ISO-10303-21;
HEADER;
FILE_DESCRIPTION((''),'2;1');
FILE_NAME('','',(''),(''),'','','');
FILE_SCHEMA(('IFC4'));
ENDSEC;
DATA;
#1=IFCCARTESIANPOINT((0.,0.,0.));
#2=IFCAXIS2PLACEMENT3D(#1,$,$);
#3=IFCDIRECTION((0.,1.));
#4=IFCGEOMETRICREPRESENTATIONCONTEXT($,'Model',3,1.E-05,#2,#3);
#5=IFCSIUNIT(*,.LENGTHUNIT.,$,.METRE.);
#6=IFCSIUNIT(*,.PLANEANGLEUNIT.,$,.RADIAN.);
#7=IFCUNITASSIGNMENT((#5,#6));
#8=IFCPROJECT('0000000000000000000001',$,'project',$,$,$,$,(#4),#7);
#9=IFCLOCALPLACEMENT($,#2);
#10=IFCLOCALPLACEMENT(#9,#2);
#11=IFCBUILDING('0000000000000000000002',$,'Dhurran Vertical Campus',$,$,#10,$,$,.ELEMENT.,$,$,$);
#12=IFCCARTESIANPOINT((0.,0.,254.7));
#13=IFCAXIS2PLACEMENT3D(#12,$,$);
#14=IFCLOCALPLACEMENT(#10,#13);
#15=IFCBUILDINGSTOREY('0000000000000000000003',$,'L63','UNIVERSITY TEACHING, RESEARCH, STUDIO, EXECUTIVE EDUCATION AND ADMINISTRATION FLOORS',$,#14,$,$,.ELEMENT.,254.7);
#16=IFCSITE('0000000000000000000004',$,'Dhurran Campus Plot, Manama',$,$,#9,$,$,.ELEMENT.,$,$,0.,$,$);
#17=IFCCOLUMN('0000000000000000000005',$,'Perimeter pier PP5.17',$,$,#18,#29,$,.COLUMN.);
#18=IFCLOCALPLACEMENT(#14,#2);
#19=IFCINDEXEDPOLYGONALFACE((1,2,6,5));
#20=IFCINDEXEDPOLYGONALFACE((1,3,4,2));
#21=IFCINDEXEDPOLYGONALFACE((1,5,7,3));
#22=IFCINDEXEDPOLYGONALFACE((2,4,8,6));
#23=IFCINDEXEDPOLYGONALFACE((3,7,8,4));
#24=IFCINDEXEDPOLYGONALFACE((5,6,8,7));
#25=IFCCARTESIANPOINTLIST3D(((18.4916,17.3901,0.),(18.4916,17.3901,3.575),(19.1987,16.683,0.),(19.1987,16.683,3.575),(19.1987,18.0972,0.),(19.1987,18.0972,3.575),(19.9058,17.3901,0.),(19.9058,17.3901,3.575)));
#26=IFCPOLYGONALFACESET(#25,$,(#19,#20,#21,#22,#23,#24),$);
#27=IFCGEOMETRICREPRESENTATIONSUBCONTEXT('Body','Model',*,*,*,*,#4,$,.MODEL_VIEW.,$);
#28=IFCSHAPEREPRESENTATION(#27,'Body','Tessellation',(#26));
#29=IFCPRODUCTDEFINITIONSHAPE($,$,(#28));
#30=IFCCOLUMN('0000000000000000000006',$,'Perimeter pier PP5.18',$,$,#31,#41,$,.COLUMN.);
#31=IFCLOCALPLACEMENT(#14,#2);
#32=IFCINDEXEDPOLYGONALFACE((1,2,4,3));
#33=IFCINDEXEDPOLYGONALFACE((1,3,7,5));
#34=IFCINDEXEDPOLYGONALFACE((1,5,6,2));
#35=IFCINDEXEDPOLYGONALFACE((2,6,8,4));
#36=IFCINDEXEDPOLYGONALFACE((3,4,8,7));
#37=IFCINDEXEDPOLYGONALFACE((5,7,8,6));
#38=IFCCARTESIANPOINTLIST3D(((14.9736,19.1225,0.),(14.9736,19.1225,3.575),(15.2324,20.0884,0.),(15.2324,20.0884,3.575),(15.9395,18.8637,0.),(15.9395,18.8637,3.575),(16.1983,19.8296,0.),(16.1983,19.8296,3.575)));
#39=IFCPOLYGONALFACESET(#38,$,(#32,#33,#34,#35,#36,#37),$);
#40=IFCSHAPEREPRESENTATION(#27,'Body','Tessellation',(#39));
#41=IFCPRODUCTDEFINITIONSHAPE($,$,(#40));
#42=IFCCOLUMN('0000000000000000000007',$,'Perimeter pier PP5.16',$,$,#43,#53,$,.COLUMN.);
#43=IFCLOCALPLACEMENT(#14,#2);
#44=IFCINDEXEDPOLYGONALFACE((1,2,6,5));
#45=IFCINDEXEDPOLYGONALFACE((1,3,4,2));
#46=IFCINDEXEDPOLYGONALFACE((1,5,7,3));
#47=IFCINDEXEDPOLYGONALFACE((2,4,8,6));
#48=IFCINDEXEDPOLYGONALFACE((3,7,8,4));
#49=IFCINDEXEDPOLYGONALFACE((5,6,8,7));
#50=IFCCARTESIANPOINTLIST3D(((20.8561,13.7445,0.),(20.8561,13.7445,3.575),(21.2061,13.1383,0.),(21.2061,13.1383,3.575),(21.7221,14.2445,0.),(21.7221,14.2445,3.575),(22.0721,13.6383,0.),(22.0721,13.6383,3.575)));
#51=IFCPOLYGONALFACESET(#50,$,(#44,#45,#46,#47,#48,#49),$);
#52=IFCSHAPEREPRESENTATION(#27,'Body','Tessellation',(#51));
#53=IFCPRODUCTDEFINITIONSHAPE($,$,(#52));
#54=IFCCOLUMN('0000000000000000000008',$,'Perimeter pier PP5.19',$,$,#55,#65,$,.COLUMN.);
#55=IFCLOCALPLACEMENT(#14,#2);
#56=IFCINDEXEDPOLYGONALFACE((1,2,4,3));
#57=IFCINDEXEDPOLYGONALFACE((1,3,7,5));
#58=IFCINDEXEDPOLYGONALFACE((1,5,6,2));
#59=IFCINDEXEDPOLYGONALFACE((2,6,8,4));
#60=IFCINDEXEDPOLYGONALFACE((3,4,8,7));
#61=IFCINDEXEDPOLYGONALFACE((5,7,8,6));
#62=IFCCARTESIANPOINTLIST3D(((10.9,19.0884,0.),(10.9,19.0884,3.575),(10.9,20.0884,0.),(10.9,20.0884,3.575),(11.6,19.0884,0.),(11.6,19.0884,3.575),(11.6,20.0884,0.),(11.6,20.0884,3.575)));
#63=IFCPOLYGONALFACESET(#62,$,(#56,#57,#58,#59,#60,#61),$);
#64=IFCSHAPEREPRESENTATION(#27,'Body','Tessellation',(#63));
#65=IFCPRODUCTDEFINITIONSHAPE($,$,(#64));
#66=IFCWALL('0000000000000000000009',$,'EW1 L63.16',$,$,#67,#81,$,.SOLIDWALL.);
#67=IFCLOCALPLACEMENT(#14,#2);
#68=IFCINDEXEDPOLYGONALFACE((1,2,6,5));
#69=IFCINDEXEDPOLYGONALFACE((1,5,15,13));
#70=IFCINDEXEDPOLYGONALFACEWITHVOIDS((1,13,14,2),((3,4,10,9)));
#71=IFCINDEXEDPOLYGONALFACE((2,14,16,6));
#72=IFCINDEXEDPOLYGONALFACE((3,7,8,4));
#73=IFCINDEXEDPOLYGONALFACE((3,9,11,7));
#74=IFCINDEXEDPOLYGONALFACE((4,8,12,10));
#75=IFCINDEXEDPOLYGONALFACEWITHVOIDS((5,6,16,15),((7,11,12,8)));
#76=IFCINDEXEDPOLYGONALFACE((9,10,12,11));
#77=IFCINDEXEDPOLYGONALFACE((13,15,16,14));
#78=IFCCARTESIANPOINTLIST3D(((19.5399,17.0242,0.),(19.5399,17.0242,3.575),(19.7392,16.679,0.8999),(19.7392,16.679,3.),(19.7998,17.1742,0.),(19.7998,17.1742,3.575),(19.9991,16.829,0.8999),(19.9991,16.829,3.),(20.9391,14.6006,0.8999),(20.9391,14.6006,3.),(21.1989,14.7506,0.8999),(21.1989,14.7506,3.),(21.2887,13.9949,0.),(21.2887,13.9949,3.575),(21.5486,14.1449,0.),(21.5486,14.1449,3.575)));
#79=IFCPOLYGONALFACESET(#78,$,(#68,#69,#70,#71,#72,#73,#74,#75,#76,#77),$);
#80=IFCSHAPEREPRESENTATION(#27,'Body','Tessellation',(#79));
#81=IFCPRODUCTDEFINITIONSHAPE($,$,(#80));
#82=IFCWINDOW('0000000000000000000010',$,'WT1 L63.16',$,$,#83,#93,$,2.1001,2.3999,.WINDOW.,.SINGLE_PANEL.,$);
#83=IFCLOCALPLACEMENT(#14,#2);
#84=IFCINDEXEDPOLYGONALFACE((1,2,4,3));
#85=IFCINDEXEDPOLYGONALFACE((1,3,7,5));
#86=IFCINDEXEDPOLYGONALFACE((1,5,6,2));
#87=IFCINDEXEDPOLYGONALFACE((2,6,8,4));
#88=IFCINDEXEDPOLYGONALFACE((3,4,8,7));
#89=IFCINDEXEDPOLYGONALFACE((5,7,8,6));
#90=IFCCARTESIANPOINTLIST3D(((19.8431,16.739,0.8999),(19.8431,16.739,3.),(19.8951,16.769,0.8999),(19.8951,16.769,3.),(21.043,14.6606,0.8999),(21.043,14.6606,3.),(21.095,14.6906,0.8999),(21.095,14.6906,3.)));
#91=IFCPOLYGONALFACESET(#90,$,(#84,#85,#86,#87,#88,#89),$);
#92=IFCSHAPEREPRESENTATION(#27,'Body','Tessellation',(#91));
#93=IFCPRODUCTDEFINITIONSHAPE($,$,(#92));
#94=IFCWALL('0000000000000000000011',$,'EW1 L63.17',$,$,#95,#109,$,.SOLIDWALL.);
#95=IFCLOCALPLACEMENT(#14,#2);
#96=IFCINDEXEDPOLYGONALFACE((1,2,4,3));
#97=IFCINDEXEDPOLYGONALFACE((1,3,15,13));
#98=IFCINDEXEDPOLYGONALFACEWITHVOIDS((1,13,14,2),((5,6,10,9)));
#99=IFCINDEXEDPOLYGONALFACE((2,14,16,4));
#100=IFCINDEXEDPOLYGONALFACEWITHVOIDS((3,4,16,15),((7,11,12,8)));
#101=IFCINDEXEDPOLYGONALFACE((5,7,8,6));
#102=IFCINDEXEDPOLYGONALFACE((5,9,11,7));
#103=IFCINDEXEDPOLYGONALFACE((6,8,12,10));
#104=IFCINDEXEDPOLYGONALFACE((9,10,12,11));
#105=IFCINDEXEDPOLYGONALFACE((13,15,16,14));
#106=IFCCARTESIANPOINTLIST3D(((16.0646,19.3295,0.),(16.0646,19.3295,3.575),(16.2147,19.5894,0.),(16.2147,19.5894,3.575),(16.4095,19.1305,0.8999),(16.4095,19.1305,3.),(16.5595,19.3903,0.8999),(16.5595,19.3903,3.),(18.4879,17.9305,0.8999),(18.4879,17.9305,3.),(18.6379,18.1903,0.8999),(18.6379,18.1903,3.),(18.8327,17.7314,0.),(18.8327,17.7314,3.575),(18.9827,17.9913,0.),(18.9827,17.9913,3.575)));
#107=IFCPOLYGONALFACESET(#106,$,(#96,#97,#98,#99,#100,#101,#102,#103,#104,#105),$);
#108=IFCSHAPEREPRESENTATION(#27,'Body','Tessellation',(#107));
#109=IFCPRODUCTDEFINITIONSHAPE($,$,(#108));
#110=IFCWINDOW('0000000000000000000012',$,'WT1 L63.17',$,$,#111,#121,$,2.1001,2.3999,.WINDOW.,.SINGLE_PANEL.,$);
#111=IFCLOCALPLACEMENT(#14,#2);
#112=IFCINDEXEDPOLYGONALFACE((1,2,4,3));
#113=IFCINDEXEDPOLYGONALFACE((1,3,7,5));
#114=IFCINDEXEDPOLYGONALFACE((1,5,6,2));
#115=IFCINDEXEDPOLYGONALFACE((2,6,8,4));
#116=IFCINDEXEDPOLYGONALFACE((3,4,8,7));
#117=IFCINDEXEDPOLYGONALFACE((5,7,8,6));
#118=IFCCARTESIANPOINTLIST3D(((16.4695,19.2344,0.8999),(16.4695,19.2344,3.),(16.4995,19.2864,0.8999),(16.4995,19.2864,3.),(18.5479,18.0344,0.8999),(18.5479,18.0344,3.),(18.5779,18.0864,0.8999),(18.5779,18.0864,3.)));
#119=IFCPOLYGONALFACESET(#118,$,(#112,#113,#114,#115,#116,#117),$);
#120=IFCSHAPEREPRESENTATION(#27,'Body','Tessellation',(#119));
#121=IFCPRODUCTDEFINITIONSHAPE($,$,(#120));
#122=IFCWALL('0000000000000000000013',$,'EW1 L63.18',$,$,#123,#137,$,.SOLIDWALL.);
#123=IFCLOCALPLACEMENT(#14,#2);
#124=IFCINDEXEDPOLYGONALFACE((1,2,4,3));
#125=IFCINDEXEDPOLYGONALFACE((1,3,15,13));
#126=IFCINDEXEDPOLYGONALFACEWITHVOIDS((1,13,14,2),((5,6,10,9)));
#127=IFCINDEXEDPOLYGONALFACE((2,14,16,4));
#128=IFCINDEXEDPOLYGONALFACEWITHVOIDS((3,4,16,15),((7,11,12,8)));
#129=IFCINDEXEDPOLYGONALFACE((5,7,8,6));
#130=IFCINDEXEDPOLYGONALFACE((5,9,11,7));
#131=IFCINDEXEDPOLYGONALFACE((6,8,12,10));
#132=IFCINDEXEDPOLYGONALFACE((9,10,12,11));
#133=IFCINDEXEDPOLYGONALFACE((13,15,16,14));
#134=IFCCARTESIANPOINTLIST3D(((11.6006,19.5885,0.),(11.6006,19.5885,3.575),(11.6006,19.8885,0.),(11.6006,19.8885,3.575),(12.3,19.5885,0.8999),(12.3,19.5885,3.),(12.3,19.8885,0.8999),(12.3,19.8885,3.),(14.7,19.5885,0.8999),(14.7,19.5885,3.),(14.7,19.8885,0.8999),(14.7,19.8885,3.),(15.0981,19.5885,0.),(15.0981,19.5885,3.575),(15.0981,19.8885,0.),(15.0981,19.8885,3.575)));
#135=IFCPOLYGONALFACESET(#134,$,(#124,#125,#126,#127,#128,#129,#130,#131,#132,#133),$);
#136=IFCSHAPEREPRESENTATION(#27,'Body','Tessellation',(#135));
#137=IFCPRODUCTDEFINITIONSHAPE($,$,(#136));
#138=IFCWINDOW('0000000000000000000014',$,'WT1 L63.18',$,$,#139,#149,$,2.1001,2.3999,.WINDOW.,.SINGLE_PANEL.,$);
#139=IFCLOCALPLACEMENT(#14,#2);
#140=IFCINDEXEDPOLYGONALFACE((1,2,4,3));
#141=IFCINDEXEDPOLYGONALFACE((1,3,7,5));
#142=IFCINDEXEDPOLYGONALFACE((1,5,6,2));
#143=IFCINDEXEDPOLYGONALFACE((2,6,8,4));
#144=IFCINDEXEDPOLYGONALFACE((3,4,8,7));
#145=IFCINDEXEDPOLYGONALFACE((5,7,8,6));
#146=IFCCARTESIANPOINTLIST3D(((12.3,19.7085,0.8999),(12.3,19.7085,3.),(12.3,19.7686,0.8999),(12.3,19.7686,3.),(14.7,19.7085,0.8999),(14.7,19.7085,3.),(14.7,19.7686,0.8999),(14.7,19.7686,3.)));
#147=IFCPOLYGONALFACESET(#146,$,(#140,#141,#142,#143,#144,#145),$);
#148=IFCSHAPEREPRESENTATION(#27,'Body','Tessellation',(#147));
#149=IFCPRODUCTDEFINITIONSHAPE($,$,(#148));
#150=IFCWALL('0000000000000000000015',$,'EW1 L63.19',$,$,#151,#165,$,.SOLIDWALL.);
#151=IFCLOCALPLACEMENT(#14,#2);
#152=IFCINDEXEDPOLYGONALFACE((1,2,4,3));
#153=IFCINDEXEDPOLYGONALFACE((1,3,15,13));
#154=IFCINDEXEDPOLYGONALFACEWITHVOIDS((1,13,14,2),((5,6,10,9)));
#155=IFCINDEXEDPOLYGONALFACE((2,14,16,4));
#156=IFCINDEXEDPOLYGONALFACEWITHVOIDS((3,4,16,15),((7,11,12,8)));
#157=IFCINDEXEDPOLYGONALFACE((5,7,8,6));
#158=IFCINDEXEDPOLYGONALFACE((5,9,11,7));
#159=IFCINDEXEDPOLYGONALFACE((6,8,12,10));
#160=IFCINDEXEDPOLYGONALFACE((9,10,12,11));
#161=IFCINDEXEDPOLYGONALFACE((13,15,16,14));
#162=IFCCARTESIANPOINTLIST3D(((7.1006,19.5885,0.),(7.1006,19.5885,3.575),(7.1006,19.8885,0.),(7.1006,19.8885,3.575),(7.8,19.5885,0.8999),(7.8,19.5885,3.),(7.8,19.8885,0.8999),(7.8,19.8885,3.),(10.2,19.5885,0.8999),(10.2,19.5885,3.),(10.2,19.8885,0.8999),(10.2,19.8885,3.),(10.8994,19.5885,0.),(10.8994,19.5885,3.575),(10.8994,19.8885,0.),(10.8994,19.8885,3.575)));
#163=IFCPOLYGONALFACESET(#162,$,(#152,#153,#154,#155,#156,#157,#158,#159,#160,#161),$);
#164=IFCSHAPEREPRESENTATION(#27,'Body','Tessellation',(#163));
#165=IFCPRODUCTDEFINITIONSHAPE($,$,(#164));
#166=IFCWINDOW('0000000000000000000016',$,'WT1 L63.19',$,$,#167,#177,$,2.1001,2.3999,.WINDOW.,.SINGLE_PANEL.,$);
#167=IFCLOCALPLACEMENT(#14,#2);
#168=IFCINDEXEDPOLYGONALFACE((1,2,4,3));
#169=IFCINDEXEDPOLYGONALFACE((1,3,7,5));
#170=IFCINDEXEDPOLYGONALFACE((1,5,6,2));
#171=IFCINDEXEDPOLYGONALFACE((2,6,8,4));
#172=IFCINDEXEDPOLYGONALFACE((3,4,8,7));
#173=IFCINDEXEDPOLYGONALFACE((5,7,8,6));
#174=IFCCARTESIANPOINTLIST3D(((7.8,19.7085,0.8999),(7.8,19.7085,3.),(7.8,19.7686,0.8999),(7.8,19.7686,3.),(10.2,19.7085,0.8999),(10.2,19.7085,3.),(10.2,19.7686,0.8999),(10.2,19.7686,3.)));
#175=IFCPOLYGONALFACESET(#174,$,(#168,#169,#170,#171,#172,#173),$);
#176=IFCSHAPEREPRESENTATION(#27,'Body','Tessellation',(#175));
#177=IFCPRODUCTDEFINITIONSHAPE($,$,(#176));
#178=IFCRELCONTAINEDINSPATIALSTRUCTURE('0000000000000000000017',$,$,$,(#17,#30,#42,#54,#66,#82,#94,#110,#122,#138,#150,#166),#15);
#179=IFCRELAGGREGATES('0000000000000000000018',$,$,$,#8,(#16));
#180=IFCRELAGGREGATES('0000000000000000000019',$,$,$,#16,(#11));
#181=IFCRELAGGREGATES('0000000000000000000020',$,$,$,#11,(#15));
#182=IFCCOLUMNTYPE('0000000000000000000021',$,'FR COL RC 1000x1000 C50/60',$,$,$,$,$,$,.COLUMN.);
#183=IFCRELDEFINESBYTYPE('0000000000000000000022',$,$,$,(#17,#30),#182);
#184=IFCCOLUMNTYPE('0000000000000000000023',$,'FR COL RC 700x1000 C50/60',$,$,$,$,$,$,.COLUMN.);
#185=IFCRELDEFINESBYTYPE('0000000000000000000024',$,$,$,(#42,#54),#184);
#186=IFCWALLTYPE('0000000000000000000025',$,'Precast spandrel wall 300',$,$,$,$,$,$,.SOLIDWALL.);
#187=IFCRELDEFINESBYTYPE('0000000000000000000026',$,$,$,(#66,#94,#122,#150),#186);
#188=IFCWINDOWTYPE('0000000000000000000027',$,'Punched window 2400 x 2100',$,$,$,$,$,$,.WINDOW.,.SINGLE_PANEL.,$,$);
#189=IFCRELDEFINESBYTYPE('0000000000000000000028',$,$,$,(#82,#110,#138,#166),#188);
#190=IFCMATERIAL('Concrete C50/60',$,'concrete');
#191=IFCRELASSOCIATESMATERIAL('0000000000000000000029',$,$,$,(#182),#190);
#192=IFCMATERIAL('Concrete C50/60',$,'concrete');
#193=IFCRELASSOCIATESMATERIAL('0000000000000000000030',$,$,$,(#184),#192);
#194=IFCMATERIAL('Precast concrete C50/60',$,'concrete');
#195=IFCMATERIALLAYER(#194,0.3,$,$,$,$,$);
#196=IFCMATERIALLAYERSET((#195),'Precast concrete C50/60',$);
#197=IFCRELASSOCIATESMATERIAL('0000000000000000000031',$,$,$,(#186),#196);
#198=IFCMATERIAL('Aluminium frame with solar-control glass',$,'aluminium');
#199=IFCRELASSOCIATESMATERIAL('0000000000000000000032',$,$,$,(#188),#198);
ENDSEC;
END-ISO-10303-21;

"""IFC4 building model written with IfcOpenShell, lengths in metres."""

from ifc_helpers import new_model, si_unit, direction, frame, frame_2d, origin, origin_2d, place, context, subcontext, project, spatial, rectangle, extrude, material, layer, layer_set, material_profile, profile_set, type_object, element, fill, save


model = new_model("IFC4")

# Units and contexts
model_context = context("Model", 3, precision=1e-05, world=origin(), true_north=direction((0.0, 1.0)))
body_context = subcontext(model_context, "Body", "Model", "MODEL_VIEW")
ifc_project = project(units=[si_unit("LENGTHUNIT", "METRE"), si_unit("PLANEANGLEUNIT", "RADIAN")], contexts=[model_context])

# Site, building, storey
site_placement = place(None, origin())
site = spatial("IfcSite", under=ifc_project, at=site_placement, Name="Dhurran Campus Plot, Manama", CompositionType="ELEMENT", RefElevation=0.0)
building_placement = place(site_placement, origin())
building = spatial("IfcBuilding", under=site, at=building_placement, Name="Dhurran Vertical Campus", CompositionType="ELEMENT")
storey_placement = place(building_placement, frame((0.0, 0.0, 254.7)))
storey = spatial("IfcBuildingStorey", under=building, at=storey_placement, Name="L63", Description="UNIVERSITY TEACHING, RESEARCH, STUDIO, EXECUTIVE EDUCATION AND ADMINISTRATION FLOORS", CompositionType="ELEMENT", Elevation=254.7)

# Columns
ifc_material_1 = material(Name="Concrete C50/60", Category="concrete")
ifc_material_profile_1 = material_profile(ifc_material_1, rectangle(XDim=1.0, YDim=1.0, at=origin_2d()), Name="RC 1000x1000")
ifc_profile_set_1 = profile_set([ifc_material_profile_1], Name="Concrete C50/60")
column_type_1 = type_object("IfcColumnType", Name="FR COL RC 1000x1000 C50/60", PredefinedType="COLUMN", material=ifc_profile_set_1)
for number, where, z_axis, x_axis, name in (
    (1, (19.1987, 17.3901, 0.0), (0.0, 0.0, 1.0), (-0.707107, 0.707107, 0.0), "Perimeter pier PP5.17"),
    (2, (15.5859, 19.4761, 0.0), (0.0, 0.0, 1.0), (-0.965926, 0.258819, 0.0), "Perimeter pier PP5.18"),
):
    element("IfcColumn", number, at=place(storey_placement, frame(where, z_axis=z_axis, x_axis=x_axis)), inside=storey, type_object=column_type_1, Name=name, PredefinedType="COLUMN", context=body_context, shape_type="SweptSolid", body=[
        extrude(rectangle(XDim=1.0, YDim=1.0, at=origin_2d()), origin(), (0.0, 0.0, 1.0), 3.575),
    ])
ifc_material_2 = material(Name="Concrete C50/60", Category="concrete")
ifc_material_profile_2 = material_profile(ifc_material_2, rectangle(XDim=0.7, YDim=1.0, at=origin_2d()), Name="RC 700x1000")
ifc_profile_set_2 = profile_set([ifc_material_profile_2], Name="Concrete C50/60")
column_type_2 = type_object("IfcColumnType", Name="FR COL RC 700x1000 C50/60", PredefinedType="COLUMN", material=ifc_profile_set_2)
for number, where, z_axis, x_axis, name in (
    (3, (21.4641, 13.6914, 0.0), (0.0, 0.0, 1.0), (-0.5, 0.866025, 0.0), "Perimeter pier PP5.16"),
    (4, (11.25, 19.5884, 0.0), (0.0, 0.0, 1.0), (-1.0, 0.0, 0.0), "Perimeter pier PP5.19"),
):
    element("IfcColumn", number, at=place(storey_placement, frame(where, z_axis=z_axis, x_axis=x_axis)), inside=storey, type_object=column_type_2, Name=name, PredefinedType="COLUMN", context=body_context, shape_type="SweptSolid", body=[
        extrude(rectangle(XDim=0.7, YDim=1.0, at=origin_2d()), origin(), (0.0, 0.0, 1.0), 3.575),
    ])

# Walls, openings, windows
ifc_material_3 = material(Name="Precast concrete C50/60", Category="concrete")
ifc_layer_1 = layer(ifc_material_3, 0.3)
ifc_layer_set_1 = layer_set([ifc_layer_1], Name="Precast concrete C50/60")
wall_type_1 = type_object("IfcWallType", Name="Precast spandrel wall 300", PredefinedType="SOLIDWALL", material=ifc_layer_set_1)
wall_1_placement = place(storey_placement, frame((21.4187, 14.0698, 0.0), z_axis=(0.0, 0.0, 1.0), x_axis=(-0.49996, 0.866048, 0.0)))
wall_1 = element("IfcWall", 5, at=wall_1_placement, inside=storey, type_object=wall_type_1, Name="EW1 L63.16", PredefinedType="SOLIDWALL", context=body_context, shape_type="SweptSolid", body=[
    extrude(rectangle(XDim=3.4978, YDim=0.3, at=frame_2d((1.749, 0.0))), origin(), (0.0, 0.0, 1.0), 3.575),
])
opening_1_placement = place(wall_1_placement, frame((0.6995, 0.0, 0.8999)))
opening_1 = element("IfcOpeningElement", 6, at=opening_1_placement, cuts=wall_1, PredefinedType="OPENING", context=body_context, shape_type="SweptSolid", body=[
    extrude(rectangle(XDim=2.3999, YDim=2.1001, at=frame_2d((1.2, 1.05))), frame((0.0, 0.1599, 0.0), z_axis=(0.0, -1.0, 0.0), x_axis=(1.0, 0.0, 0.0)), (0.0, 0.0, 1.0), 0.3201),
])
ifc_material_4 = material(Name="Aluminium frame with solar-control glass", Category="aluminium")
window_type = type_object("IfcWindowType", Name="Punched window 2400 x 2100", PartitioningType="SINGLE_PANEL", PredefinedType="WINDOW", material=ifc_material_4)
window_1_placement = place(opening_1_placement, origin())
window_1 = element("IfcWindow", 7, at=window_1_placement, inside=storey, type_object=window_type, Name="WT1 L63.16", OverallHeight=2.1001, OverallWidth=2.3999, PartitioningType="SINGLE_PANEL", PredefinedType="WINDOW", context=body_context, shape_type="SweptSolid", body=[
    extrude(rectangle(XDim=2.3999, YDim=2.1001, at=frame_2d((1.2, 1.05))), frame((0.0, 0.03, 0.0), z_axis=(0.0, -1.0, 0.0), x_axis=(1.0, 0.0, 0.0)), (0.0, 0.0, 1.0), 0.0601),
])
fill(opening_1, window_1)
wall_2_placement = place(storey_placement, frame((18.9077, 17.8613, 0.0), z_axis=(0.0, 0.0, 1.0), x_axis=(-0.866025, 0.5, 0.0)))
wall_2 = element("IfcWall", 8, at=wall_2_placement, inside=storey, type_object=wall_type_1, Name="EW1 L63.17", PredefinedType="SOLIDWALL", context=body_context, shape_type="SweptSolid", body=[
    extrude(rectangle(XDim=3.1963, YDim=0.3, at=frame_2d((1.5981, 0.0))), origin(), (0.0, 0.0, 1.0), 3.575),
])
opening_2_placement = place(wall_2_placement, frame((0.3982, 0.0, 0.8999)))
opening_2 = element("IfcOpeningElement", 9, at=opening_2_placement, cuts=wall_2, PredefinedType="OPENING", context=body_context, shape_type="SweptSolid", body=[
    extrude(rectangle(XDim=2.3999, YDim=2.1001, at=frame_2d((1.2, 1.05))), frame((0.0, 0.1599, 0.0), z_axis=(0.0, -1.0, 0.0), x_axis=(1.0, 0.0, 0.0)), (0.0, 0.0, 1.0), 0.3201),
])
window_2_placement = place(opening_2_placement, origin())
window_2 = element("IfcWindow", 10, at=window_2_placement, inside=storey, type_object=window_type, Name="WT1 L63.17", OverallHeight=2.1001, OverallWidth=2.3999, PartitioningType="SINGLE_PANEL", PredefinedType="WINDOW", context=body_context, shape_type="SweptSolid", body=[
    extrude(rectangle(XDim=2.3999, YDim=2.1001, at=frame_2d((1.2, 1.05))), frame((0.0, 0.03, 0.0), z_axis=(0.0, -1.0, 0.0), x_axis=(1.0, 0.0, 0.0)), (0.0, 0.0, 1.0), 0.0601),
])
fill(opening_2, window_2)
wall_3_placement = place(storey_placement, frame((15.0981, 19.7385, 0.0), z_axis=(0.0, 0.0, 1.0), x_axis=(-1.0, 0.0, 0.0)))
wall_3 = element("IfcWall", 11, at=wall_3_placement, inside=storey, type_object=wall_type_1, Name="EW1 L63.18", PredefinedType="SOLIDWALL", context=body_context, shape_type="SweptSolid", body=[
    extrude(rectangle(XDim=3.4976, YDim=0.3, at=frame_2d((1.7488, 0.0))), origin(), (0.0, 0.0, 1.0), 3.575),
])
opening_3_placement = place(wall_3_placement, frame((0.3982, 0.0, 0.8999)))
opening_3 = element("IfcOpeningElement", 12, at=opening_3_placement, cuts=wall_3, PredefinedType="OPENING", context=body_context, shape_type="SweptSolid", body=[
    extrude(rectangle(XDim=2.3999, YDim=2.1001, at=frame_2d((1.2, 1.05))), frame((0.0, 0.1599, 0.0), z_axis=(0.0, -1.0, 0.0), x_axis=(1.0, 0.0, 0.0)), (0.0, 0.0, 1.0), 0.3201),
])
window_3_placement = place(opening_3_placement, origin())
window_3 = element("IfcWindow", 13, at=window_3_placement, inside=storey, type_object=window_type, Name="WT1 L63.18", OverallHeight=2.1001, OverallWidth=2.3999, PartitioningType="SINGLE_PANEL", PredefinedType="WINDOW", context=body_context, shape_type="SweptSolid", body=[
    extrude(rectangle(XDim=2.3999, YDim=2.1001, at=frame_2d((1.2, 1.05))), frame((0.0, 0.03, 0.0), z_axis=(0.0, -1.0, 0.0), x_axis=(1.0, 0.0, 0.0)), (0.0, 0.0, 1.0), 0.0601),
])
fill(opening_3, window_3)
wall_4_placement = place(storey_placement, frame((10.8994, 19.7385, 0.0), z_axis=(0.0, 0.0, 1.0), x_axis=(-1.0, 0.0, 0.0)))
wall_4 = element("IfcWall", 14, at=wall_4_placement, inside=storey, type_object=wall_type_1, Name="EW1 L63.19", PredefinedType="SOLIDWALL", context=body_context, shape_type="SweptSolid", body=[
    extrude(rectangle(XDim=3.7988, YDim=0.3, at=frame_2d((1.8994, 0.0))), origin(), (0.0, 0.0, 1.0), 3.575),
])
opening_4_placement = place(wall_4_placement, frame((0.6995, 0.0, 0.8999)))
opening_4 = element("IfcOpeningElement", 15, at=opening_4_placement, cuts=wall_4, PredefinedType="OPENING", context=body_context, shape_type="SweptSolid", body=[
    extrude(rectangle(XDim=2.3999, YDim=2.1001, at=frame_2d((1.2, 1.05))), frame((0.0, 0.1599, 0.0), z_axis=(0.0, -1.0, 0.0), x_axis=(1.0, 0.0, 0.0)), (0.0, 0.0, 1.0), 0.3201),
])
window_4_placement = place(opening_4_placement, origin())
window_4 = element("IfcWindow", 16, at=window_4_placement, inside=storey, type_object=window_type, Name="WT1 L63.19", OverallHeight=2.1001, OverallWidth=2.3999, PartitioningType="SINGLE_PANEL", PredefinedType="WINDOW", context=body_context, shape_type="SweptSolid", body=[
    extrude(rectangle(XDim=2.3999, YDim=2.1001, at=frame_2d((1.2, 1.05))), frame((0.0, 0.03, 0.0), z_axis=(0.0, -1.0, 0.0), x_axis=(1.0, 0.0, 0.0)), (0.0, 0.0, 1.0), 0.0601),
])
fill(opening_4, window_4)

save(model, "model.ifc")
